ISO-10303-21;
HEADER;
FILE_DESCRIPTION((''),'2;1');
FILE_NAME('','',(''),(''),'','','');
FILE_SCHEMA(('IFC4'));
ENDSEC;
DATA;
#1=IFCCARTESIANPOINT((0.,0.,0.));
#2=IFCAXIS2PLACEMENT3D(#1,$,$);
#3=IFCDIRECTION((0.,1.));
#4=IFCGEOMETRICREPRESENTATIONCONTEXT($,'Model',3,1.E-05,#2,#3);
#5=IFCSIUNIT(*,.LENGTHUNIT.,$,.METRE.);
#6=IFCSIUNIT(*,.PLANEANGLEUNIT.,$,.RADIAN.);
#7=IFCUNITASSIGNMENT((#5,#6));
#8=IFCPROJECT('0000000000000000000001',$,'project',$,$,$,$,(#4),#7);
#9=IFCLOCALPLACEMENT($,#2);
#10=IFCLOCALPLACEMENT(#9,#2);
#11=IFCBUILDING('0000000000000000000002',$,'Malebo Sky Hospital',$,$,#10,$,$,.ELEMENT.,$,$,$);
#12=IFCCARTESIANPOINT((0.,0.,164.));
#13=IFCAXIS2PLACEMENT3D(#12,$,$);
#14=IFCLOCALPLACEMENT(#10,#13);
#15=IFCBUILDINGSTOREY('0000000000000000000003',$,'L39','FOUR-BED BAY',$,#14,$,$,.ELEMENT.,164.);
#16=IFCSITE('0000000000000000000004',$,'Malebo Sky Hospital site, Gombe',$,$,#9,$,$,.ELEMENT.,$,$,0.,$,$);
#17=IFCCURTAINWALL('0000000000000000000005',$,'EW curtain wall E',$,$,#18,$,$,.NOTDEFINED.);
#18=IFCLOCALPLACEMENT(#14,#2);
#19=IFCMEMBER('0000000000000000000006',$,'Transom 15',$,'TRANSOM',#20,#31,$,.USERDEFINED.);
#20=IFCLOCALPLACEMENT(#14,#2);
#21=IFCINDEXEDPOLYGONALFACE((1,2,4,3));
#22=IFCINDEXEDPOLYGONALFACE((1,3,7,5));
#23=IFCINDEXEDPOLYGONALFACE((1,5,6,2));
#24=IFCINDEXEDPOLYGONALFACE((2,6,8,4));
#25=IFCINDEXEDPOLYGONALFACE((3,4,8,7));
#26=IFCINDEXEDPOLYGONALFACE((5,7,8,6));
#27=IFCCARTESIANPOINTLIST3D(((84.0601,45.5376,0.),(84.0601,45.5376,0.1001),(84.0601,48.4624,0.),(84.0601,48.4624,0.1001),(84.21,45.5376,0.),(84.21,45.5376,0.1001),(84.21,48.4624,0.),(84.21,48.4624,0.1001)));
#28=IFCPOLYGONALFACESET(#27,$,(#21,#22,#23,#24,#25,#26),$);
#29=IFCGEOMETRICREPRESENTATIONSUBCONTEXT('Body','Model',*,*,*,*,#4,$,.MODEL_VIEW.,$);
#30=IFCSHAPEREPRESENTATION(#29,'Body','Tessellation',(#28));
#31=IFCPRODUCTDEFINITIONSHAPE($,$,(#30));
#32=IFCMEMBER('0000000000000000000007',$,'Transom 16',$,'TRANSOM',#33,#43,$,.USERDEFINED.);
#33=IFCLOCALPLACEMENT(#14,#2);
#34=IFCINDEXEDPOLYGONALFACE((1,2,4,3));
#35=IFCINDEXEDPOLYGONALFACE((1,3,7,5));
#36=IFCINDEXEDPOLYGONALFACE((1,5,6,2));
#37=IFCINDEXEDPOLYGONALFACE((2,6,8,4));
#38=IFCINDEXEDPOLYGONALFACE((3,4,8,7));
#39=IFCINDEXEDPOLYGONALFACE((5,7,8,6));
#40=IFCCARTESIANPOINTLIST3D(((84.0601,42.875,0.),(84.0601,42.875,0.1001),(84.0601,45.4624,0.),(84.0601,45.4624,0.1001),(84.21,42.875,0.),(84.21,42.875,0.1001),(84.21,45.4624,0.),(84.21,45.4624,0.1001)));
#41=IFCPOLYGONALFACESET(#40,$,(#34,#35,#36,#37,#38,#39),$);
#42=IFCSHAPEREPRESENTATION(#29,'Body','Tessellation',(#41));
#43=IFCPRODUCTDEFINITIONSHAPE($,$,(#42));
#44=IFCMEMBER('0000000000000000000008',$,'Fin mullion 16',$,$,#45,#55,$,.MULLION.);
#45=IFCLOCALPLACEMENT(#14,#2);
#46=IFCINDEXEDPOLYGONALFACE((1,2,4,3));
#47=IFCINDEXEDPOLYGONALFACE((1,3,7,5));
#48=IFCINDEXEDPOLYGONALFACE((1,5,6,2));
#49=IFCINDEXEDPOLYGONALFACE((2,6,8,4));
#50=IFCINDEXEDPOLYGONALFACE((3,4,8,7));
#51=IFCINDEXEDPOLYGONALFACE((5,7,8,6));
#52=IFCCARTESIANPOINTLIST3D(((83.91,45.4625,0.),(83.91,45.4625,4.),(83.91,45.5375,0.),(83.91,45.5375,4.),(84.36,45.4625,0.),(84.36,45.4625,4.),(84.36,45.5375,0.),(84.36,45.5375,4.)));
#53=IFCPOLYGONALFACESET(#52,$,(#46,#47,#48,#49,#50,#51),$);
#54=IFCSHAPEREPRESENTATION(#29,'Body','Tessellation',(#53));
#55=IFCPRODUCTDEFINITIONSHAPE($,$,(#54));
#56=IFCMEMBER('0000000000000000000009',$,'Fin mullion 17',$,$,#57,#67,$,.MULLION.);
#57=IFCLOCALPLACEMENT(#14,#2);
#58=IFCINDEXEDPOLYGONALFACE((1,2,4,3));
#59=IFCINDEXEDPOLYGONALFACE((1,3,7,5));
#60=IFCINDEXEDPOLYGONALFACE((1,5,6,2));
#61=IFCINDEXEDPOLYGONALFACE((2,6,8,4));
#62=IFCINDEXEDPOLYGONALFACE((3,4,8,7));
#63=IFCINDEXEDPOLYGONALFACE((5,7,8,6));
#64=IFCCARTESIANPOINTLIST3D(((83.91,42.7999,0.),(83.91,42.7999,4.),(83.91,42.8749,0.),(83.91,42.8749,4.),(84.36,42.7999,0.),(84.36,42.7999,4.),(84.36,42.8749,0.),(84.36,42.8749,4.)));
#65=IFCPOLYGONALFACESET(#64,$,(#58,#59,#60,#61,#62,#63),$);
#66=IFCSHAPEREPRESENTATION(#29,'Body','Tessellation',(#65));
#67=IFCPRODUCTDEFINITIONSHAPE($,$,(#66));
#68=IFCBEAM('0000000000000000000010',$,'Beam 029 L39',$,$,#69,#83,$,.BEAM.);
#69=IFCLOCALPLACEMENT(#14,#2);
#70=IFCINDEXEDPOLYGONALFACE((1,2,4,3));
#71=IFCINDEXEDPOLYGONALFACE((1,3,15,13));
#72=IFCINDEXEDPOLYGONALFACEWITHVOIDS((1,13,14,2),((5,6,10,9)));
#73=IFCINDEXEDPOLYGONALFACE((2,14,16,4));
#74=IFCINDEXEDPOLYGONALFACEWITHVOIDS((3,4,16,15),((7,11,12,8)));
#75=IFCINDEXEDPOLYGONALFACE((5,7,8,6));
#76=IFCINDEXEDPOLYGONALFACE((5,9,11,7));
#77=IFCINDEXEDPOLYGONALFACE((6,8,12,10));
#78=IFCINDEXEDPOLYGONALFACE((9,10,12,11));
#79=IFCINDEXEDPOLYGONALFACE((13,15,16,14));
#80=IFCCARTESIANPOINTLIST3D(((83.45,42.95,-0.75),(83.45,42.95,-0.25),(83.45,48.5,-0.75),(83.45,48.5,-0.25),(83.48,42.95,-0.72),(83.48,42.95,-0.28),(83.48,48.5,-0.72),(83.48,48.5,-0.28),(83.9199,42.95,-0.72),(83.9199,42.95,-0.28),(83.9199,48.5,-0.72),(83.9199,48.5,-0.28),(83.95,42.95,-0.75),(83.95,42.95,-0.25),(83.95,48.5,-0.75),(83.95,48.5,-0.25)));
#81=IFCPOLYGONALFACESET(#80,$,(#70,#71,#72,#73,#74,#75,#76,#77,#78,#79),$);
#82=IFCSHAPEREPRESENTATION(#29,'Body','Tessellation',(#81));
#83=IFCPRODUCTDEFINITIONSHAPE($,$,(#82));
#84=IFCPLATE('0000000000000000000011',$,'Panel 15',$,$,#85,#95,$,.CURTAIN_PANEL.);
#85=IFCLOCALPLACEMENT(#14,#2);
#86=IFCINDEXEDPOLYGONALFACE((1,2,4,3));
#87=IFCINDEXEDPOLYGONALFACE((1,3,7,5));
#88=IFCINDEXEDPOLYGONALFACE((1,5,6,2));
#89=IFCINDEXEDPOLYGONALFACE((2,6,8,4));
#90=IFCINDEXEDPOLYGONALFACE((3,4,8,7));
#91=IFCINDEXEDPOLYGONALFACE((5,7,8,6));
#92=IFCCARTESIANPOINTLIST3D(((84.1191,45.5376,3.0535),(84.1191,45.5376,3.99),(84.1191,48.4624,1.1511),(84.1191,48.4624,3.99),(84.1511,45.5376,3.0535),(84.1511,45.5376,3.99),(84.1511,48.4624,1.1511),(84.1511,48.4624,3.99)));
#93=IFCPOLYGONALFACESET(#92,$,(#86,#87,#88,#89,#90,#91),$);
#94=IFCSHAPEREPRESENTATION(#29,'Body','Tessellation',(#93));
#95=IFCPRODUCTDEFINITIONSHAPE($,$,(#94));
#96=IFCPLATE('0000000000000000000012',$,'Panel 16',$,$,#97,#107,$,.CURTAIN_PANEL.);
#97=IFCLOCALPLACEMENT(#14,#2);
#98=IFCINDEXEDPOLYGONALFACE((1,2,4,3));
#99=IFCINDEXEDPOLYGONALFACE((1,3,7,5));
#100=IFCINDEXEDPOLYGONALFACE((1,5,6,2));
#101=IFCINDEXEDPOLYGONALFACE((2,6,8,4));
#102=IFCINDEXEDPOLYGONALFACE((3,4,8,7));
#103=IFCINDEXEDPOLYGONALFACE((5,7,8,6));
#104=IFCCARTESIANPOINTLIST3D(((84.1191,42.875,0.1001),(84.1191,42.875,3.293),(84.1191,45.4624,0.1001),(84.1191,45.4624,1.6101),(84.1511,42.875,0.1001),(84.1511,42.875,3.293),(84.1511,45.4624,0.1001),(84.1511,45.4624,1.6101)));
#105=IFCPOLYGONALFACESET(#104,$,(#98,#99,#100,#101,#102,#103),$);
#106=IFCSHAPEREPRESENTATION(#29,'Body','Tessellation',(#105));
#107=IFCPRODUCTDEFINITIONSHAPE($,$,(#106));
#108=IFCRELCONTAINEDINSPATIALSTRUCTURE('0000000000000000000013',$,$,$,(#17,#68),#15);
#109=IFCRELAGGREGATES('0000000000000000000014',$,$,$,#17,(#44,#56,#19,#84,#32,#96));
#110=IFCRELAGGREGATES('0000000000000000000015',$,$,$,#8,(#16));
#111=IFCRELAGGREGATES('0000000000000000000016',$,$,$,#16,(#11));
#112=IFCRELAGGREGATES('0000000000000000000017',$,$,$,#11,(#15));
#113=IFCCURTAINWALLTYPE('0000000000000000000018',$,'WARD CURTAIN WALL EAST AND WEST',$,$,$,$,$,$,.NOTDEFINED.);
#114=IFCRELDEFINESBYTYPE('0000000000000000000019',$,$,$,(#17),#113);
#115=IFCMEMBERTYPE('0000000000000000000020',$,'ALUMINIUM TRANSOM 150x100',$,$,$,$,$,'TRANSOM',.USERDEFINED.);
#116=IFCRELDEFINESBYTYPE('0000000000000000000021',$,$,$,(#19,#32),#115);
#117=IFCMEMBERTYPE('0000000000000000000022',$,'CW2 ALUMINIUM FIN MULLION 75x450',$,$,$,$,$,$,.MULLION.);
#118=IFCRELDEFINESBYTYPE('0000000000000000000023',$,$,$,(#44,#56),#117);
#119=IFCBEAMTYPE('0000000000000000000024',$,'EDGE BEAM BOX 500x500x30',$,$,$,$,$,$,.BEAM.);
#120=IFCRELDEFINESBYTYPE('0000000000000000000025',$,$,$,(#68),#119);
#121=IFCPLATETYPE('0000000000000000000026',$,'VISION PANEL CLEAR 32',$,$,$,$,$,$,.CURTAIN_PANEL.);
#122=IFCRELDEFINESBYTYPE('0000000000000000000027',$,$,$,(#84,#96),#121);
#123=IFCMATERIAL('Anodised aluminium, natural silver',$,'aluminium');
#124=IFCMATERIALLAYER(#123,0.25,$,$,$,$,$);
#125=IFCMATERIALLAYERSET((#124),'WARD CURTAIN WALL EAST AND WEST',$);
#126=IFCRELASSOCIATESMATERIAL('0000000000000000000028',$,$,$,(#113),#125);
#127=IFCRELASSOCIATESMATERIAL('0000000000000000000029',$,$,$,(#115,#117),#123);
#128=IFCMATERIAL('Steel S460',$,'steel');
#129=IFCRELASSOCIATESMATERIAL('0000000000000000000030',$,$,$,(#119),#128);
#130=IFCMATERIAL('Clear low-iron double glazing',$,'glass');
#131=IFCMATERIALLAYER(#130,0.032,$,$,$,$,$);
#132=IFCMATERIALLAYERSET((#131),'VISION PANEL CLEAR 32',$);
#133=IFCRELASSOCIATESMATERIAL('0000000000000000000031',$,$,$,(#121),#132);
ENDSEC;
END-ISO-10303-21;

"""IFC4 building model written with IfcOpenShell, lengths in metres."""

from ifc_helpers import new_model, si_unit, direction, frame, origin, origin_2d, place, context, subcontext, project, spatial, polyline, rectangle, hollow_rectangle, outline, extrude, material, layer, layer_set, material_profile, profile_set, type_object, element, aggregate, save


model = new_model("IFC4")

# Units and contexts
model_context = context("Model", 3, precision=1e-05, world=origin(), true_north=direction((0.0, 1.0)))
body_context = subcontext(model_context, "Body", "Model", "MODEL_VIEW")
ifc_project = project(units=[si_unit("LENGTHUNIT", "METRE"), si_unit("PLANEANGLEUNIT", "RADIAN")], contexts=[model_context])

# Site, building, storey
site_placement = place(None, origin())
site = spatial("IfcSite", under=ifc_project, at=site_placement, Name="Malebo Sky Hospital site, Gombe", CompositionType="ELEMENT", RefElevation=0.0)
building_placement = place(site_placement, origin())
building = spatial("IfcBuilding", under=site, at=building_placement, Name="Malebo Sky Hospital", CompositionType="ELEMENT")
storey_placement = place(building_placement, frame((0.0, 0.0, 164.0)))
storey = spatial("IfcBuildingStorey", under=building, at=storey_placement, Name="L39", Description="FOUR-BED BAY", CompositionType="ELEMENT", Elevation=164.0)

# Curtain wall, members
ifc_material_1 = material(Name="Anodised aluminium, natural silver", Category="aluminium")
ifc_layer_1 = layer(ifc_material_1, 0.25)
ifc_layer_set_1 = layer_set([ifc_layer_1], Name="WARD CURTAIN WALL EAST AND WEST")
curtain_wall_type = type_object("IfcCurtainWallType", Name="WARD CURTAIN WALL EAST AND WEST", PredefinedType="NOTDEFINED", material=ifc_layer_set_1)
curtain_wall_placement = place(storey_placement, origin())
curtain_wall = element("IfcCurtainWall", 1, at=curtain_wall_placement, inside=storey, type_object=curtain_wall_type, Name="EW curtain wall E", PredefinedType="NOTDEFINED")
ifc_material_profile_1 = material_profile(ifc_material_1, rectangle(XDim=0.1499, YDim=0.1001, at=origin_2d()), Name="ALUMINIUM TRANSOM 150x100")
ifc_profile_set_1 = profile_set([ifc_material_profile_1], Name="Anodised aluminium, natural silver")
member_type_1 = type_object("IfcMemberType", Name="ALUMINIUM TRANSOM 150x100", ElementType="TRANSOM", PredefinedType="USERDEFINED", material=ifc_profile_set_1)
member_1_placement = place(storey_placement, frame((84.135, 48.4624, 0.05), z_axis=(0.0, -1.0, 0.0), x_axis=(1.0, 0.0, 0.0)))
member_1 = element("IfcMember", 2, at=member_1_placement, type_object=member_type_1, Name="Transom 15", ObjectType="TRANSOM", PredefinedType="USERDEFINED", context=body_context, shape_type="SweptSolid", body=[
    extrude(rectangle(XDim=0.1499, YDim=0.1001, at=origin_2d()), origin(), (0.0, 0.0, 1.0), 2.9248),
])
member_2_placement = place(storey_placement, frame((84.135, 45.4624, 0.05), z_axis=(0.0, -1.0, 0.0), x_axis=(1.0, 0.0, 0.0)))
member_2 = element("IfcMember", 3, at=member_2_placement, type_object=member_type_1, Name="Transom 16", ObjectType="TRANSOM", PredefinedType="USERDEFINED", context=body_context, shape_type="SweptSolid", body=[
    extrude(rectangle(XDim=0.1499, YDim=0.1001, at=origin_2d()), origin(), (0.0, 0.0, 1.0), 2.5874),
])
ifc_material_profile_2 = material_profile(ifc_material_1, rectangle(XDim=0.075, YDim=0.45, at=origin_2d()), Name="CW2 ALUMINIUM FIN MULLION 75x450")
ifc_profile_set_2 = profile_set([ifc_material_profile_2], Name="Anodised aluminium, natural silver")
member_type_2 = type_object("IfcMemberType", Name="CW2 ALUMINIUM FIN MULLION 75x450", PredefinedType="MULLION", material=ifc_profile_set_2)
member_3_placement = place(storey_placement, frame((84.135, 45.5, 0.0), z_axis=(0.0, 0.0, 1.0), x_axis=(0.0, -1.0, 0.0)))
member_3 = element("IfcMember", 4, at=member_3_placement, type_object=member_type_2, Name="Fin mullion 16", PredefinedType="MULLION", context=body_context, shape_type="SweptSolid", body=[
    extrude(rectangle(XDim=0.075, YDim=0.45, at=origin_2d()), origin(), (0.0, 0.0, 1.0), 4.0),
])
member_4_placement = place(storey_placement, frame((84.135, 42.8374, 0.0), z_axis=(0.0, 0.0, 1.0), x_axis=(0.0, -1.0, 0.0)))
member_4 = element("IfcMember", 5, at=member_4_placement, type_object=member_type_2, Name="Fin mullion 17", PredefinedType="MULLION", context=body_context, shape_type="SweptSolid", body=[
    extrude(rectangle(XDim=0.075, YDim=0.45, at=origin_2d()), origin(), (0.0, 0.0, 1.0), 4.0),
])

# Beam
ifc_material_2 = material(Name="Steel S460", Category="steel")
ifc_material_profile_3 = material_profile(ifc_material_2, hollow_rectangle(XDim=0.5, YDim=0.5, WallThickness=0.03, at=origin_2d()), Name="BOX 500x500x30")
ifc_profile_set_3 = profile_set([ifc_material_profile_3], Name="Steel S460")
beam_type = type_object("IfcBeamType", Name="EDGE BEAM BOX 500x500x30", PredefinedType="BEAM", material=ifc_profile_set_3)
beam_placement = place(storey_placement, frame((83.7, 42.95, -0.5), z_axis=(0.0, 1.0, 0.0), x_axis=(-1.0, 0.0, 0.0)))
element("IfcBeam", 6, at=beam_placement, inside=storey, type_object=beam_type, Name="Beam 029 L39", PredefinedType="BEAM", context=body_context, shape_type="SweptSolid", body=[
    extrude(hollow_rectangle(XDim=0.5, YDim=0.5, WallThickness=0.03, at=origin_2d()), origin(), (0.0, 0.0, 1.0), 5.55),
])

# Plates
ifc_material_3 = material(Name="Clear low-iron double glazing", Category="glass")
ifc_layer_2 = layer(ifc_material_3, 0.032)
ifc_layer_set_2 = layer_set([ifc_layer_2], Name="VISION PANEL CLEAR 32")
plate_type = type_object("IfcPlateType", Name="VISION PANEL CLEAR 32", PredefinedType="CURTAIN_PANEL", material=ifc_layer_set_2)
plate_1_placement = place(storey_placement, frame((84.135, 47.0, 1.1511), z_axis=(0.0, 0.0, 1.0), x_axis=(0.0, -1.0, 0.0)))
plate_1 = element("IfcPlate", 7, at=plate_1_placement, type_object=plate_type, Name="Panel 15", PredefinedType="CURTAIN_PANEL", context=body_context, shape_type="SweptSolid", body=[
    extrude(outline(polyline([(-1.4624, 0.0), (1.4624, 1.9023), (1.4624, 2.8389), (-1.4624, 2.8389), (-1.4624, 0.0)])), frame((0.0, 0.0161, 0.0), z_axis=(0.0, -1.0, 0.0), x_axis=(1.0, 0.0, 0.0)), (0.0, 0.0, 1.0), 0.032),
])
plate_2_placement = place(storey_placement, frame((84.135, 44.1687, 0.1001), z_axis=(0.0, 0.0, 1.0), x_axis=(0.0, -1.0, 0.0)))
plate_2 = element("IfcPlate", 8, at=plate_2_placement, type_object=plate_type, Name="Panel 16", PredefinedType="CURTAIN_PANEL", context=body_context, shape_type="SweptSolid", body=[
    extrude(outline(polyline([(-1.2937, 0.0), (1.2937, 0.0), (1.2937, 3.1929), (-1.2937, 1.51), (-1.2937, 0.0)])), frame((0.0, 0.0161, 0.0), z_axis=(0.0, -1.0, 0.0), x_axis=(1.0, 0.0, 0.0)), (0.0, 0.0, 1.0), 0.032),
])
aggregate(curtain_wall, [member_3, member_4, member_1, plate_1, member_2, plate_2])

save(model, "model.ifc")
